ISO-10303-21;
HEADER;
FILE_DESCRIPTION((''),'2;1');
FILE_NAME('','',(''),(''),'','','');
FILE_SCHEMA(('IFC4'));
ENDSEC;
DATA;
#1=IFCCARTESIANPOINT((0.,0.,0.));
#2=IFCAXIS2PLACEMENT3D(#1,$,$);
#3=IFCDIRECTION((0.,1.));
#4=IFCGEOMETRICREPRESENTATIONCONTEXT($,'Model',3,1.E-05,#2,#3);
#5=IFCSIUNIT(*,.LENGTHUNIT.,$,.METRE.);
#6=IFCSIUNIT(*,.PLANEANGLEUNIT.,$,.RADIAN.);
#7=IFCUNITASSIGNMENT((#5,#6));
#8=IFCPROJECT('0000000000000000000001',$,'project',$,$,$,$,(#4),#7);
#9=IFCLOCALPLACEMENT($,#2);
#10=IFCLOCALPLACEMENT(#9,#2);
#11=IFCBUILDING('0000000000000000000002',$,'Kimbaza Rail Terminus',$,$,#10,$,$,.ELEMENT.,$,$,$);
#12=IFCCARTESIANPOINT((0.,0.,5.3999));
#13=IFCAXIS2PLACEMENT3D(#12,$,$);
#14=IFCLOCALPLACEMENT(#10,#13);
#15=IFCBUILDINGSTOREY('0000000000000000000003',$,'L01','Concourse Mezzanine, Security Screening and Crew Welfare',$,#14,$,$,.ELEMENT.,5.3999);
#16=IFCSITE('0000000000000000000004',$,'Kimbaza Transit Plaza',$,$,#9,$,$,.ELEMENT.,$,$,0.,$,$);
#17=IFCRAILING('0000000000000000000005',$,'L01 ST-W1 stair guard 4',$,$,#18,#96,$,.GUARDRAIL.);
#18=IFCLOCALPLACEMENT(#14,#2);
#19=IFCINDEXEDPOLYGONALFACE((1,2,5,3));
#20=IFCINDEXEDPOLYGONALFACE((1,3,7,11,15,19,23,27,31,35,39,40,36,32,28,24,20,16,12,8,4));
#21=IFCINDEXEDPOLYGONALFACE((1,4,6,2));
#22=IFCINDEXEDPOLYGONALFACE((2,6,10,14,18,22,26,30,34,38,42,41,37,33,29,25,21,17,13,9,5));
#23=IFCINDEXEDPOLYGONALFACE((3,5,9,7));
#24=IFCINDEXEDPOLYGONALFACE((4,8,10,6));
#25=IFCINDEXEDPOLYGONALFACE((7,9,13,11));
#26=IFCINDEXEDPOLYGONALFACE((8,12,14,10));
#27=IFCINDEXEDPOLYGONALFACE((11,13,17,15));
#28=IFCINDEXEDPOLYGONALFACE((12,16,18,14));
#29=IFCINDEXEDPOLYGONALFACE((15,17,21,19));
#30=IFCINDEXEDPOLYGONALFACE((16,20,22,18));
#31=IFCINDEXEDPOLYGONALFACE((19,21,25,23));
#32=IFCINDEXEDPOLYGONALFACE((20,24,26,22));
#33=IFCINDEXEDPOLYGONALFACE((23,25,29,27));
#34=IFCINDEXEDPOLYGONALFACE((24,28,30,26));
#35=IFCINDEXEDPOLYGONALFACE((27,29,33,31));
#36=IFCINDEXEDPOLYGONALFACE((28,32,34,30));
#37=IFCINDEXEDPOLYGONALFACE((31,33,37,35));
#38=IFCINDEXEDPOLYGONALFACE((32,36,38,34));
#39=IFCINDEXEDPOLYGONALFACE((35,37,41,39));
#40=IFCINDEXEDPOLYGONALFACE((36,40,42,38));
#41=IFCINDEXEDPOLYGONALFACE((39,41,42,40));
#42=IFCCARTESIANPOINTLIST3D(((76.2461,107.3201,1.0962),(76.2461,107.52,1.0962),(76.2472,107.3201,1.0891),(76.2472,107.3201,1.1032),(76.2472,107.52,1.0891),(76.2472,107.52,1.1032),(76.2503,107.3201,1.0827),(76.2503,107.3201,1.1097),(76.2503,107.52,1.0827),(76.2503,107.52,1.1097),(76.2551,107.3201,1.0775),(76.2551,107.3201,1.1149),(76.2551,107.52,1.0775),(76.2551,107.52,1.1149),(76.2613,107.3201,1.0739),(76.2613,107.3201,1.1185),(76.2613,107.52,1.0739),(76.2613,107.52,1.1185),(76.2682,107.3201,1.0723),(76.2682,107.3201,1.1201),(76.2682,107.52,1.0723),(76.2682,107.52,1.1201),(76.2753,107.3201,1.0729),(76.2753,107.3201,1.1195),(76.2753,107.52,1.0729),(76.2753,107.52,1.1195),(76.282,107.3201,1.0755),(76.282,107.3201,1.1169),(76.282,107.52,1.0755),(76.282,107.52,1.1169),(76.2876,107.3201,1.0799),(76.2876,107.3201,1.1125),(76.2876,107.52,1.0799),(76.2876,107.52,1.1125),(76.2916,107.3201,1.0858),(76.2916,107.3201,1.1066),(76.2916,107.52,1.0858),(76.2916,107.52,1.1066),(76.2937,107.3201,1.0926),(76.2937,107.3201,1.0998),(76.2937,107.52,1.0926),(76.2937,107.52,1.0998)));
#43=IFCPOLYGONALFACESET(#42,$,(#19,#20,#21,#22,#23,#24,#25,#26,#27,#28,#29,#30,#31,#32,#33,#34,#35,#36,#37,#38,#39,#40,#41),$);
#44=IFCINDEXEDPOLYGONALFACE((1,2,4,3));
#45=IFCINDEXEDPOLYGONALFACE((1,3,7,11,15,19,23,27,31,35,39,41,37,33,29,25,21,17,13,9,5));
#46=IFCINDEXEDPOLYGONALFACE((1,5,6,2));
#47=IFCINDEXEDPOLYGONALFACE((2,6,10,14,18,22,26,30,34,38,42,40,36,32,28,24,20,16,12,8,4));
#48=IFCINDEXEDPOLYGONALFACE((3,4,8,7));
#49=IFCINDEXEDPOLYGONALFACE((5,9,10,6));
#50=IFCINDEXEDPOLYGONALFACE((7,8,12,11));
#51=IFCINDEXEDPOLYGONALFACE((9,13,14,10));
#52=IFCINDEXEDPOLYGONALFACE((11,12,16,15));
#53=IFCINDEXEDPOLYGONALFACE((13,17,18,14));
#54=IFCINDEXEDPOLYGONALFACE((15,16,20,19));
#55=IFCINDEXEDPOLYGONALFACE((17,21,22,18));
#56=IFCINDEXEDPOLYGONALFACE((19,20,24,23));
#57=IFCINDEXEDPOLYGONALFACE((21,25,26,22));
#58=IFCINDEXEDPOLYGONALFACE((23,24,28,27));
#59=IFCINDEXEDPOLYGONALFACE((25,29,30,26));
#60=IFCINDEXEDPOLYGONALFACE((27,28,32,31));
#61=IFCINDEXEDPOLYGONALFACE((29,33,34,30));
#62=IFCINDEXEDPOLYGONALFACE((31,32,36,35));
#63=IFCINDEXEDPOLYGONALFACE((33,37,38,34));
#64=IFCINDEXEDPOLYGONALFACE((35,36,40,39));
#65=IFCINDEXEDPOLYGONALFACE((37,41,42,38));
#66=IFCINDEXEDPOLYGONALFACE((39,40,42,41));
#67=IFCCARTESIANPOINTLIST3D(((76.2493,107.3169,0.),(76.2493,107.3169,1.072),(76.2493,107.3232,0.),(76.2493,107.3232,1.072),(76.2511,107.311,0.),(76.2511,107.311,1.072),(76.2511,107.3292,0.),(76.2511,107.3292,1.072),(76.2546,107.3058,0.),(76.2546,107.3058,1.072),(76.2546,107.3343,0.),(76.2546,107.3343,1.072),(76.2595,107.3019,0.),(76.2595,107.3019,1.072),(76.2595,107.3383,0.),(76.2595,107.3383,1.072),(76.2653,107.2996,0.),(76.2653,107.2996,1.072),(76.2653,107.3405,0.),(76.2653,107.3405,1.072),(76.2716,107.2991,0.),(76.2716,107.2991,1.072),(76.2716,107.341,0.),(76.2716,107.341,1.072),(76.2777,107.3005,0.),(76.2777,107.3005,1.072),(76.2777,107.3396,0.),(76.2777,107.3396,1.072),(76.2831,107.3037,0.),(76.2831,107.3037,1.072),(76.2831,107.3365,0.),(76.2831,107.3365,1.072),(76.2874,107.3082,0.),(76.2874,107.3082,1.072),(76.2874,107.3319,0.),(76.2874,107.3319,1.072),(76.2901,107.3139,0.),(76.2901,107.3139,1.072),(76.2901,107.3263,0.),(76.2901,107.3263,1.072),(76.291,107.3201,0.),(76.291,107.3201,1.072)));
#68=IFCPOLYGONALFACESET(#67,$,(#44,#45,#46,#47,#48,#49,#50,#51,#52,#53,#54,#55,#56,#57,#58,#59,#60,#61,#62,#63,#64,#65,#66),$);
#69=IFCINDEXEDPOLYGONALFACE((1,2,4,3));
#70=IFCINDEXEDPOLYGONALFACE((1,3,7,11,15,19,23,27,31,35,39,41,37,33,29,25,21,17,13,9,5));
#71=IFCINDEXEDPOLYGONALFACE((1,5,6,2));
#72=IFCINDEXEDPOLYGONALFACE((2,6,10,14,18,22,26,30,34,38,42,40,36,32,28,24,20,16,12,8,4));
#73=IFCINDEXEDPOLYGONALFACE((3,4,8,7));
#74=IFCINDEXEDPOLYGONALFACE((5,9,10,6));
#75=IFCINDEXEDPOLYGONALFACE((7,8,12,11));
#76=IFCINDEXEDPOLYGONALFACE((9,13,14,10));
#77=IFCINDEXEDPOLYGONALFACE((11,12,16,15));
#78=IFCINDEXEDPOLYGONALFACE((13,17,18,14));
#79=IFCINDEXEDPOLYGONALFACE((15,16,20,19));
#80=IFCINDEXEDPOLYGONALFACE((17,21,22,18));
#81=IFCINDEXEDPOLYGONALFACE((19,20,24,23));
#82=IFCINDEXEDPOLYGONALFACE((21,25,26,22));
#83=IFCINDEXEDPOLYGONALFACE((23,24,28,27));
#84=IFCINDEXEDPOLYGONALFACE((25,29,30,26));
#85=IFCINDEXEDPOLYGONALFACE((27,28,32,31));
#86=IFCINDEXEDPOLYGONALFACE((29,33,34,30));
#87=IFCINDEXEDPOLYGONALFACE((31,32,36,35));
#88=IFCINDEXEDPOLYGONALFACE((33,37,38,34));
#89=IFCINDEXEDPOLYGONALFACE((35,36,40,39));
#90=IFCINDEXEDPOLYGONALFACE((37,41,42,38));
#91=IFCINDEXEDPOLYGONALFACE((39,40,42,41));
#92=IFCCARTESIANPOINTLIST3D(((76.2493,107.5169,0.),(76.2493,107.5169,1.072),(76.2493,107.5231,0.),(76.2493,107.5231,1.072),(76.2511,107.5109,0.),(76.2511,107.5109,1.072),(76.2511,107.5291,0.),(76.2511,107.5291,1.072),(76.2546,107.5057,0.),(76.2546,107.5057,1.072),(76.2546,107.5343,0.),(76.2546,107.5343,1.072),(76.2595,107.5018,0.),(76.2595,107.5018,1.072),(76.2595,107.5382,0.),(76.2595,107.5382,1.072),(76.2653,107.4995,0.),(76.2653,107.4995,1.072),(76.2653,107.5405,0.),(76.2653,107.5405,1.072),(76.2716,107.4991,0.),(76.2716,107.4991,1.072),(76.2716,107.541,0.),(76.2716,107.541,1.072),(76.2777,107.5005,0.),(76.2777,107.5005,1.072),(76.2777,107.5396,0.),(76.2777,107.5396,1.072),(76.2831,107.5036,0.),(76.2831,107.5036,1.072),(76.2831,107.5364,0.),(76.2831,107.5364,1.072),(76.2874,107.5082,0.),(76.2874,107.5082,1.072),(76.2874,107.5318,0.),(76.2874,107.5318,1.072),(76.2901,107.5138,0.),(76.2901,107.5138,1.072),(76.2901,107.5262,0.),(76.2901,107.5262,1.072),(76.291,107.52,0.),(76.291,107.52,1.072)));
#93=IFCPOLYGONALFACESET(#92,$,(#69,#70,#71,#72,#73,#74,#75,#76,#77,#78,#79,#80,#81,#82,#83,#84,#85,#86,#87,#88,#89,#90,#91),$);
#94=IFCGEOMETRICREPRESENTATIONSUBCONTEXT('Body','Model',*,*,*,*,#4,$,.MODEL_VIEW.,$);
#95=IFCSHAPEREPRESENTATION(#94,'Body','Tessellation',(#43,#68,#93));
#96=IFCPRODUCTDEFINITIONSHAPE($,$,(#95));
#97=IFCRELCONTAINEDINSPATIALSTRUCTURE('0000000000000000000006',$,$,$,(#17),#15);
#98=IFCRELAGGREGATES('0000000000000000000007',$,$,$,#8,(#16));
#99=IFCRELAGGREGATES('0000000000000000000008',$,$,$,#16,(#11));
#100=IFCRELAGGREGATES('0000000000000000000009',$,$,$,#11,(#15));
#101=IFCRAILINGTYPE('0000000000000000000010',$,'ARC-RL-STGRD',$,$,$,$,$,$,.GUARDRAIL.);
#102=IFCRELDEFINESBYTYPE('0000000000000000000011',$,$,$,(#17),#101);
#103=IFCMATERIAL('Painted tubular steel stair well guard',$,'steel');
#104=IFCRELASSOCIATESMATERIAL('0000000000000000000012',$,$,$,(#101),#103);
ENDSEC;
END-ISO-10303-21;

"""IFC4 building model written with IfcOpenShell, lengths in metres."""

from ifc_helpers import new_model, si_unit, direction, frame, origin, origin_2d, place, context, subcontext, project, spatial, circle, extrude, material, type_object, element, save


model = new_model("IFC4")

# Units and contexts
model_context = context("Model", 3, precision=1e-05, world=origin(), true_north=direction((0.0, 1.0)))
body_context = subcontext(model_context, "Body", "Model", "MODEL_VIEW")
ifc_project = project(units=[si_unit("LENGTHUNIT", "METRE"), si_unit("PLANEANGLEUNIT", "RADIAN")], contexts=[model_context])

# Site, building, storey
site_placement = place(None, origin())
site = spatial("IfcSite", under=ifc_project, at=site_placement, Name="Kimbaza Transit Plaza", CompositionType="ELEMENT", RefElevation=0.0)
building_placement = place(site_placement, origin())
building = spatial("IfcBuilding", under=site, at=building_placement, Name="Kimbaza Rail Terminus", CompositionType="ELEMENT")
storey_placement = place(building_placement, frame((0.0, 0.0, 5.3999)))
storey = spatial("IfcBuildingStorey", under=building, at=storey_placement, Name="L01", Description="Concourse Mezzanine, Security Screening and Crew Welfare", CompositionType="ELEMENT", Elevation=5.3999)

# Railing
ifc_material_1 = material(Name="Painted tubular steel stair well guard", Category="steel")
railing_type_1 = type_object("IfcRailingType", Name="ARC-RL-STGRD", PredefinedType="GUARDRAIL", material=ifc_material_1)
railing_1_placement = place(storey_placement, frame((76.27, 107.3201, 0.0)))
element("IfcRailing", 1, at=railing_1_placement, inside=storey, type_object=railing_type_1, Name="L01 ST-W1 stair guard 4", PredefinedType="GUARDRAIL", context=body_context, shape_type="SweptSolid", body=[
    extrude(circle(Radius=0.0239, at=origin_2d()), frame((0.0, 0.0, 1.0962), z_axis=(0.0, 1.0, 0.0), x_axis=(-1.0, 0.0, 0.0)), (0.0, 0.0, 1.0), 0.2),
    extrude(circle(Radius=0.021, at=origin_2d()), origin(), (0.0, 0.0, 1.0), 1.072),
    extrude(circle(Radius=0.021, at=origin_2d()), frame((0.0, 0.2, 0.0)), (0.0, 0.0, 1.0), 1.072),
])

save(model, "model.ifc")
